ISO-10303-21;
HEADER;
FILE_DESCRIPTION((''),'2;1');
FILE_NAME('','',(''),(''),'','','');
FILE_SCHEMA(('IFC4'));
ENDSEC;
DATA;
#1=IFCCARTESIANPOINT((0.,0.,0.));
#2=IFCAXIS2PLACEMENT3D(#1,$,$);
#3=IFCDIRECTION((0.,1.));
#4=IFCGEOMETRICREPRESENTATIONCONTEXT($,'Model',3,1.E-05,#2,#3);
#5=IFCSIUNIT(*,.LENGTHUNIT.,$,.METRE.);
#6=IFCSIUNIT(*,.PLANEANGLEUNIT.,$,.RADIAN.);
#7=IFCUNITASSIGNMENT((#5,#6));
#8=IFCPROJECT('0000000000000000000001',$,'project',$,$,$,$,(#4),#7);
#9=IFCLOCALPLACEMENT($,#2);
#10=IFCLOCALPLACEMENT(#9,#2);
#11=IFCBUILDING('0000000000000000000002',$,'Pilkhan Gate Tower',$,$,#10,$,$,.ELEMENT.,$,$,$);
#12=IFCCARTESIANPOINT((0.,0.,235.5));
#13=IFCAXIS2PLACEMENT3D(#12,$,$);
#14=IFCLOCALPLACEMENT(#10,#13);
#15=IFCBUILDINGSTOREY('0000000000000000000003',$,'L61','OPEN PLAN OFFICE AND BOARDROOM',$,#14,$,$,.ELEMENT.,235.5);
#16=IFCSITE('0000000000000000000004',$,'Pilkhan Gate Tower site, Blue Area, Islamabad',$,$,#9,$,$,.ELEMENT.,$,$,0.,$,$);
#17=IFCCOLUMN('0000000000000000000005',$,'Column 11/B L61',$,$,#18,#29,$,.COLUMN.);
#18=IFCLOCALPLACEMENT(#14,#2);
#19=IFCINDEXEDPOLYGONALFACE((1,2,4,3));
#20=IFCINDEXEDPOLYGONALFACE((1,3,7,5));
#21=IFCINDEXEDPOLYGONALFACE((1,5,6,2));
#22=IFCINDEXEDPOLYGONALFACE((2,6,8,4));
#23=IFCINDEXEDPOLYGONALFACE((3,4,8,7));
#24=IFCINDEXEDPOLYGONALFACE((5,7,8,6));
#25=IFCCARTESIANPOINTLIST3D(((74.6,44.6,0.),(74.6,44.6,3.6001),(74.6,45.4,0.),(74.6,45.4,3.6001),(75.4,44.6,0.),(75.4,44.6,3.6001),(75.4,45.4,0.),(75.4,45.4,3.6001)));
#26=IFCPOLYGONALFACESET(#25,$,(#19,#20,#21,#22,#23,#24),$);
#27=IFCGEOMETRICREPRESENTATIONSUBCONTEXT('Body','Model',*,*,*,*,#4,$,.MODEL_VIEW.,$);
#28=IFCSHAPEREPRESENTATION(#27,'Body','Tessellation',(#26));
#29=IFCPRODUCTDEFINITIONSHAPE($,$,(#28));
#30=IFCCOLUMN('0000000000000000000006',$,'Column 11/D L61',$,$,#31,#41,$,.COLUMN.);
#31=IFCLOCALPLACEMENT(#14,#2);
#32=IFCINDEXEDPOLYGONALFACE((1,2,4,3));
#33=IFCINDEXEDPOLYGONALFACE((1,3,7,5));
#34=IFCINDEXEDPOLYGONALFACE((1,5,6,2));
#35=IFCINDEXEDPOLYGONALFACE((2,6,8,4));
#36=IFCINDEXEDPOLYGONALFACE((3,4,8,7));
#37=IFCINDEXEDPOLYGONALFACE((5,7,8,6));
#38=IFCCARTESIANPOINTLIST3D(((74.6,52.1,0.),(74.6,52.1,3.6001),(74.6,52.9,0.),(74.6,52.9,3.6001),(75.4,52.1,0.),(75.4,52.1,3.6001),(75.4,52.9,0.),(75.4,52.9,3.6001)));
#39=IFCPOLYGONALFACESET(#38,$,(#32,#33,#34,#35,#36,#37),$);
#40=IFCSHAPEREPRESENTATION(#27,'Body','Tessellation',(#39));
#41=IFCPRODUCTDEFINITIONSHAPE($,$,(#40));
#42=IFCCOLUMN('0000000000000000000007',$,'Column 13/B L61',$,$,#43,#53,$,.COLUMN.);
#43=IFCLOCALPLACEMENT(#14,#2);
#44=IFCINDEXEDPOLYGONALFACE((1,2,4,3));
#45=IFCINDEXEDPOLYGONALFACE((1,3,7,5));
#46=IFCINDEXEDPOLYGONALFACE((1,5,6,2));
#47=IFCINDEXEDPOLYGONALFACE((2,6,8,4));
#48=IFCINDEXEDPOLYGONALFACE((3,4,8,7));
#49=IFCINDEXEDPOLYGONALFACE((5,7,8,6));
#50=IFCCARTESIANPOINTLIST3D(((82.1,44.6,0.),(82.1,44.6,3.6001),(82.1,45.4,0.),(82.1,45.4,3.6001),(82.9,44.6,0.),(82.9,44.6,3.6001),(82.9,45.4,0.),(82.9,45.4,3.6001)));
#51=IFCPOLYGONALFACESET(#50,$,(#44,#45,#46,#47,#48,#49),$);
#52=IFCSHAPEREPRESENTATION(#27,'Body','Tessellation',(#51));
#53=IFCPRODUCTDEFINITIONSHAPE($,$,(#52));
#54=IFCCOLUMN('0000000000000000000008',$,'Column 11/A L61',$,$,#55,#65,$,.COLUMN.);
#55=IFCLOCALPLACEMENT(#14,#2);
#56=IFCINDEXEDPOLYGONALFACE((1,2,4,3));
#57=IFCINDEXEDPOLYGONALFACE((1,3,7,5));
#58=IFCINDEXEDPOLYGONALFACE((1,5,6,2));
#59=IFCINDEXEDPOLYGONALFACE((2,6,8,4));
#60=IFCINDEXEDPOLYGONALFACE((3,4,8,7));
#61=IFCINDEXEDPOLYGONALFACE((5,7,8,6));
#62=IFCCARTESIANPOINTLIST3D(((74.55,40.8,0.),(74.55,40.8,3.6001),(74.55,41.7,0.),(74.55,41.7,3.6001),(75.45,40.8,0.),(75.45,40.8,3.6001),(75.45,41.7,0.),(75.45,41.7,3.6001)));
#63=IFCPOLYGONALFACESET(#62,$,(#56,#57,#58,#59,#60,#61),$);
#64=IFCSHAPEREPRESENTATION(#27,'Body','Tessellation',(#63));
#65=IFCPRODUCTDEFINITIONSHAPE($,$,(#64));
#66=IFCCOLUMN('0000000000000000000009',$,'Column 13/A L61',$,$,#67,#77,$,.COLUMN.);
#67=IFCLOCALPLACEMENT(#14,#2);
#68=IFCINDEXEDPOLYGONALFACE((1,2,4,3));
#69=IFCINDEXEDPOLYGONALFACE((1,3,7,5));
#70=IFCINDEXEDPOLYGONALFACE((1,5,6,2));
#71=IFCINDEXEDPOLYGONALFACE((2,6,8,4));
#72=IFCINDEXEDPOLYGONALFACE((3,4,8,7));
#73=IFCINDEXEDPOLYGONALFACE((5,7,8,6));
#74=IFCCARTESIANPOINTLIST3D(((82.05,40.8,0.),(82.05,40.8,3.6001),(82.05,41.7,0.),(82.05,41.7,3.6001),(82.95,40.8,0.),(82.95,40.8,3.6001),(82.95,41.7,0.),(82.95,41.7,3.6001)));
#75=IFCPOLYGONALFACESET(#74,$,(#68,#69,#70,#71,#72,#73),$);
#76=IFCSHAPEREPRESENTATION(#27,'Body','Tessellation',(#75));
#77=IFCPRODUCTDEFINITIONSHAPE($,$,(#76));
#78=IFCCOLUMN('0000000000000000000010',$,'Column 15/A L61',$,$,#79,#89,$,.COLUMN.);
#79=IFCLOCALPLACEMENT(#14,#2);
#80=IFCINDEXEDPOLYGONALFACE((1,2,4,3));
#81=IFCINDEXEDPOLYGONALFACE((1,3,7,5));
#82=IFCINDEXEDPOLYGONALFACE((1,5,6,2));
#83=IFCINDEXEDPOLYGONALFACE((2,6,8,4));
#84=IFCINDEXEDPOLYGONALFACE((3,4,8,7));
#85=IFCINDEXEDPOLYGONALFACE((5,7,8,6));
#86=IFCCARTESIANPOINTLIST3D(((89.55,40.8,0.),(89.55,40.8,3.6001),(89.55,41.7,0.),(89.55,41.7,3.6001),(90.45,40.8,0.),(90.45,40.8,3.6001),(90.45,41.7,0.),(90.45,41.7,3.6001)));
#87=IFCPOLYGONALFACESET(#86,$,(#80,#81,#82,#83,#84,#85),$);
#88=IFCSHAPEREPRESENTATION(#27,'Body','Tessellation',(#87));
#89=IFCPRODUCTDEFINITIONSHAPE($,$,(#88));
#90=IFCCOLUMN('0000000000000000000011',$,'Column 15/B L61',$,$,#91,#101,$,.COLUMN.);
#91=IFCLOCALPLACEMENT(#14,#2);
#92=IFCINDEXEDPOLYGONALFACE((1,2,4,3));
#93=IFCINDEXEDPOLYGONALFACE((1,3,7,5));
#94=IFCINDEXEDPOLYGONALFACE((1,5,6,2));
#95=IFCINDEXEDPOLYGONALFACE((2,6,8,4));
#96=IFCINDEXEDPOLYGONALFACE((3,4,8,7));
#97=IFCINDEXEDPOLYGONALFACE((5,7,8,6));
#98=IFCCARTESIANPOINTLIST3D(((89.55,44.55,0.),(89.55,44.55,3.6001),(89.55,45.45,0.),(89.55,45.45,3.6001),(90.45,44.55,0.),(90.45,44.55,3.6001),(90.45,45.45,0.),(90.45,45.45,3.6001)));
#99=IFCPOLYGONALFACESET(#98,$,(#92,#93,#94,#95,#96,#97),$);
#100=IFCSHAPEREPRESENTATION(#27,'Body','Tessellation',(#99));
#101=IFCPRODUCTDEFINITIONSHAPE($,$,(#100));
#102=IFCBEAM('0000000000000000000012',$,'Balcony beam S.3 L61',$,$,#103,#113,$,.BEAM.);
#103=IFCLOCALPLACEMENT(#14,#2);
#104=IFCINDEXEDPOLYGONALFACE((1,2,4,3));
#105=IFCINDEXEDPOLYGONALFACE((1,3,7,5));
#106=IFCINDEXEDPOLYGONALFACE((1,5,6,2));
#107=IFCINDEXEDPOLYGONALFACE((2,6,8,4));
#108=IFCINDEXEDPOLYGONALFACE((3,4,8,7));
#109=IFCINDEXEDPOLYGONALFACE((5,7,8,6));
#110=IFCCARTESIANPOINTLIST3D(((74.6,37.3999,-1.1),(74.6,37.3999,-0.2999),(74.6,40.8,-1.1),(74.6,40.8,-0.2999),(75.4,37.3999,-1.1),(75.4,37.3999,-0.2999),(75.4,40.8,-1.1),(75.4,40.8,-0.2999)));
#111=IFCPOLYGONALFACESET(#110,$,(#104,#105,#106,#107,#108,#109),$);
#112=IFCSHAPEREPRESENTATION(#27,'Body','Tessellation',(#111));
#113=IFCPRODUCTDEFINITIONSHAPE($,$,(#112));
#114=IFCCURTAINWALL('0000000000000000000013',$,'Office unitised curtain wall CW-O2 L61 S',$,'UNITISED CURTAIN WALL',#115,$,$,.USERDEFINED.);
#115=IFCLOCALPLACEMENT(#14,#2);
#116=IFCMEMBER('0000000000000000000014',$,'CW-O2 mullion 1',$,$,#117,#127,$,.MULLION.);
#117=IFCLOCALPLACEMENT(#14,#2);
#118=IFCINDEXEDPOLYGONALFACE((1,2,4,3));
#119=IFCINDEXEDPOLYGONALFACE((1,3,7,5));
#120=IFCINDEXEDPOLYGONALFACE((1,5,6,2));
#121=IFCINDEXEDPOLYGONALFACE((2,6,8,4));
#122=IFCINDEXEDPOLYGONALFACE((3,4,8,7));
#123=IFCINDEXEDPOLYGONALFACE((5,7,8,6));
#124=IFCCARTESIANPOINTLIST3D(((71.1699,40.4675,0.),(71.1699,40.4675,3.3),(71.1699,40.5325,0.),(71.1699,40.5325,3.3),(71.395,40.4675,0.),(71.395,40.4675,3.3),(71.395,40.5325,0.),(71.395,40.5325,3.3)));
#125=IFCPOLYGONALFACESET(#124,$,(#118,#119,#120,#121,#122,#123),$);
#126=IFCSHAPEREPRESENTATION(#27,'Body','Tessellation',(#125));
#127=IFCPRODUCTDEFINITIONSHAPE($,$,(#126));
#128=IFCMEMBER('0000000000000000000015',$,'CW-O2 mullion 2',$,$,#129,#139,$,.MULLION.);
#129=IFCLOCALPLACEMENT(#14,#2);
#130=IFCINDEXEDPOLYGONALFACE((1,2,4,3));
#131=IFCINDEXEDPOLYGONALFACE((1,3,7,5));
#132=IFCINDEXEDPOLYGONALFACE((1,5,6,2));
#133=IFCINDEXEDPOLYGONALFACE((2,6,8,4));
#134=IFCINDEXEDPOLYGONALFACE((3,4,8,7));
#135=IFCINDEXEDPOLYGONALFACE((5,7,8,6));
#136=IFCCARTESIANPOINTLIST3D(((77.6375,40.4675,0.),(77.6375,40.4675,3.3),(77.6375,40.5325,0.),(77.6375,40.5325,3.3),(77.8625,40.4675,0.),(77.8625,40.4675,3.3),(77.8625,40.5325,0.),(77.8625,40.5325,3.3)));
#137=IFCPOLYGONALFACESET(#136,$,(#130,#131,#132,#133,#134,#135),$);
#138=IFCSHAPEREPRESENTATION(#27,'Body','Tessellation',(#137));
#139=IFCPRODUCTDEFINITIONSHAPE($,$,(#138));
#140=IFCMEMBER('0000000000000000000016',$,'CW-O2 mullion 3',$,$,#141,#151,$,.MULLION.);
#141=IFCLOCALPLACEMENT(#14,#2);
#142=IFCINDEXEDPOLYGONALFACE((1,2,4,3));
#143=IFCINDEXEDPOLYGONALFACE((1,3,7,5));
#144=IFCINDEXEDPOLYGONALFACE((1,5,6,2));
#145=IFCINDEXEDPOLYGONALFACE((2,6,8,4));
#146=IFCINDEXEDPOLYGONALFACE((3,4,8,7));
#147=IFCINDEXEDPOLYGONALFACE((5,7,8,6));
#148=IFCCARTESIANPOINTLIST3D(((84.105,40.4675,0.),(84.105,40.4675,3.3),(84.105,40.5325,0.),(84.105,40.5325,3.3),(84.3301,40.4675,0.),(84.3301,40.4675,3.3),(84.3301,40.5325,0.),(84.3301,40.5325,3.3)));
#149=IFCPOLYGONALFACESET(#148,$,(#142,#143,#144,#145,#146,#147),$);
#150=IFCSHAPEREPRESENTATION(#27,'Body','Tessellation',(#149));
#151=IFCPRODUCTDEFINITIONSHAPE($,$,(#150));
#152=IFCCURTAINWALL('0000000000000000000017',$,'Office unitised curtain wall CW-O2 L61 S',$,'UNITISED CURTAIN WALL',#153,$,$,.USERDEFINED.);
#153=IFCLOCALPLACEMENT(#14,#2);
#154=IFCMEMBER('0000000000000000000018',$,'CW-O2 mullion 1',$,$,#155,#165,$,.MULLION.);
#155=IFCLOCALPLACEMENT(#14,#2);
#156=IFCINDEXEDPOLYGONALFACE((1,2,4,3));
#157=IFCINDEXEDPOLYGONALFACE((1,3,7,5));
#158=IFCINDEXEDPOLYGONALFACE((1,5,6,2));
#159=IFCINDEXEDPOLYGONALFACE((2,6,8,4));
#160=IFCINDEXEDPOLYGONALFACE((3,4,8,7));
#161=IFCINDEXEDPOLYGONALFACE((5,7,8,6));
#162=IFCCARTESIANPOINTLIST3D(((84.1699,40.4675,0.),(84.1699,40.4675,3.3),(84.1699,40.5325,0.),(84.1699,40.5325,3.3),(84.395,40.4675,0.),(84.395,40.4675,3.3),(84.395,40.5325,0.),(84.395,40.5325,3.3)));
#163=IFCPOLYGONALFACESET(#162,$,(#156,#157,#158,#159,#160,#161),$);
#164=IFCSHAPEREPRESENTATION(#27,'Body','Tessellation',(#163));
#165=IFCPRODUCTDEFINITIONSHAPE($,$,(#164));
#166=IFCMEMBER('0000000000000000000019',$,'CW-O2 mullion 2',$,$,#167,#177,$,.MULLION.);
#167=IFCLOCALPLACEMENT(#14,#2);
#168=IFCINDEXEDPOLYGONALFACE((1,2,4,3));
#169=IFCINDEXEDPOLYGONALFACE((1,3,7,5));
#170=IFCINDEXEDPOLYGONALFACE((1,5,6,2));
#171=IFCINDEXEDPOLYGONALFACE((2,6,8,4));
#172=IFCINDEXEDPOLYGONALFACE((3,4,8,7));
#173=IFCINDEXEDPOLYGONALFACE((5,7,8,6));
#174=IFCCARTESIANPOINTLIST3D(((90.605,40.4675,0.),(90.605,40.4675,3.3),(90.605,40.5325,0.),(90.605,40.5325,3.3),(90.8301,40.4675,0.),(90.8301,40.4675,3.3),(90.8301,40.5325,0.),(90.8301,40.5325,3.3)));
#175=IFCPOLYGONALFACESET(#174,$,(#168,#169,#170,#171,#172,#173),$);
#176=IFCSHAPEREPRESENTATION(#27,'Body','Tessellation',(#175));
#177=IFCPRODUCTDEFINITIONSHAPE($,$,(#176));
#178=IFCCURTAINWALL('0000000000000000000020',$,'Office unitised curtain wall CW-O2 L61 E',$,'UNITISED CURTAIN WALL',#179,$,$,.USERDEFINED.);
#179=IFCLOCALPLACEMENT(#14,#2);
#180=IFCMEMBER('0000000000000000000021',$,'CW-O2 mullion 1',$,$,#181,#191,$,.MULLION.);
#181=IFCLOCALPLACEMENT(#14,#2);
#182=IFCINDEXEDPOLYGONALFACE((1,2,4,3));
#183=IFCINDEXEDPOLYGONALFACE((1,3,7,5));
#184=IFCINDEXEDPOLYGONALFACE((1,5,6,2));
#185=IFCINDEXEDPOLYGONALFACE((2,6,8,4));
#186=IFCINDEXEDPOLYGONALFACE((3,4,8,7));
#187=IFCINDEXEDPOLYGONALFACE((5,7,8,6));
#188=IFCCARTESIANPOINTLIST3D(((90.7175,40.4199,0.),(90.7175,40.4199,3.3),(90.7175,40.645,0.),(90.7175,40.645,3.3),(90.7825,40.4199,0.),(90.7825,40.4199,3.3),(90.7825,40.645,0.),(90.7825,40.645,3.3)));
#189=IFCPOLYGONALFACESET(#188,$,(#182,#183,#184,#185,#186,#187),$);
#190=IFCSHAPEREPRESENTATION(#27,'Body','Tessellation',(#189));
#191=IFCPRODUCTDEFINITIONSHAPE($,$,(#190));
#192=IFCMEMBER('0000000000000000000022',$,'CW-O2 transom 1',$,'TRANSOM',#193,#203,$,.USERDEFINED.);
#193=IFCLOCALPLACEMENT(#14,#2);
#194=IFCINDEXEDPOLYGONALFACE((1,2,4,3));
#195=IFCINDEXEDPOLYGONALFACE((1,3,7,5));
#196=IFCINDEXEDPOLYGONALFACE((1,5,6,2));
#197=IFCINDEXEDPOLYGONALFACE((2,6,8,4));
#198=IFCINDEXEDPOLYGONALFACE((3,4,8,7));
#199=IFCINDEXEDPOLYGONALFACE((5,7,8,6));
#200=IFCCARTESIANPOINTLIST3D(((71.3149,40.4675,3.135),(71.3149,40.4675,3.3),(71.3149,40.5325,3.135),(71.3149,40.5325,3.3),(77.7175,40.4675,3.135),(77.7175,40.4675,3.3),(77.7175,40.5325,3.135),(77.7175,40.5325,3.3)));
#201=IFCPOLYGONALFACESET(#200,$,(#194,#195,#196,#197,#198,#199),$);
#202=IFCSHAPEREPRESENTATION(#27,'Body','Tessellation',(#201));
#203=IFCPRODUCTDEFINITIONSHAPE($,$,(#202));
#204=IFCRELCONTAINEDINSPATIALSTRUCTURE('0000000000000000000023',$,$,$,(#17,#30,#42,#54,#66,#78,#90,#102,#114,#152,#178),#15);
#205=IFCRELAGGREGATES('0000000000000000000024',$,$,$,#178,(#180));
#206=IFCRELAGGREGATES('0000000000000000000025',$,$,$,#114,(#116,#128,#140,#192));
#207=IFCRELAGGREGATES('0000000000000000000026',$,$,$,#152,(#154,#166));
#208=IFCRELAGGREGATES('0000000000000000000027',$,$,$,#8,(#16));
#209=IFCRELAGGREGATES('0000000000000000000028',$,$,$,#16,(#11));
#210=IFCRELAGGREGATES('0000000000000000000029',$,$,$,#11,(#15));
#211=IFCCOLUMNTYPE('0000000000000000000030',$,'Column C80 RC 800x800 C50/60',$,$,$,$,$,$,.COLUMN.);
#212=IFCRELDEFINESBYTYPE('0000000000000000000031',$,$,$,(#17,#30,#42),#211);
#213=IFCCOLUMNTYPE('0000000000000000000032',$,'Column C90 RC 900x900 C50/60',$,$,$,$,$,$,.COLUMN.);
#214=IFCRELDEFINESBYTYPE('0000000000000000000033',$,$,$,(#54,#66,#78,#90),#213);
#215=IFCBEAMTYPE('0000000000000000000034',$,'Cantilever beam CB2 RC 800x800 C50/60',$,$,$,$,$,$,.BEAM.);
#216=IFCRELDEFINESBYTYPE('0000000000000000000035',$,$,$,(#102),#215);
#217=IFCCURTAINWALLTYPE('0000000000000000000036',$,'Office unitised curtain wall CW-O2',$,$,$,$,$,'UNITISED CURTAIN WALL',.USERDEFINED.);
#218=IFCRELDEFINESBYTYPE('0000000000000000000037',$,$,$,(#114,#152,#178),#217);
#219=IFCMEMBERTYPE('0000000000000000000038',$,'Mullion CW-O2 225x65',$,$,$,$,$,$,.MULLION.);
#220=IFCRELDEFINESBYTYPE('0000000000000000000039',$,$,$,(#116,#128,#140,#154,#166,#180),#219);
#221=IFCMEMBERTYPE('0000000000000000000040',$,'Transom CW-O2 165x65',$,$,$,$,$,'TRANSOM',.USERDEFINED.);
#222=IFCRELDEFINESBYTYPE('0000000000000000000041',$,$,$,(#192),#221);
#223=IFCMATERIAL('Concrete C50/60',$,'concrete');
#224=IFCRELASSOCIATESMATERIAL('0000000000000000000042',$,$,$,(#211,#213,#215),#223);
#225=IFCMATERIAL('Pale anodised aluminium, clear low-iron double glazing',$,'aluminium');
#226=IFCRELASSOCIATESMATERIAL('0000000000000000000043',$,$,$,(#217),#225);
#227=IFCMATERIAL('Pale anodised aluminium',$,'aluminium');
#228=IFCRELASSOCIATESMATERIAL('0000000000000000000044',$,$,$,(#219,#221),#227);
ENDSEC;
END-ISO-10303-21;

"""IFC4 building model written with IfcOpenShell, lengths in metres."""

from ifc_helpers import new_model, si_unit, direction, frame, origin, origin_2d, place, context, subcontext, project, spatial, rectangle, extrude, material, material_profile, profile_set, type_object, element, aggregate, save


model = new_model("IFC4")

# Units and contexts
model_context = context("Model", 3, precision=1e-05, world=origin(), true_north=direction((0.0, 1.0)))
body_context = subcontext(model_context, "Body", "Model", "MODEL_VIEW")
ifc_project = project(units=[si_unit("LENGTHUNIT", "METRE"), si_unit("PLANEANGLEUNIT", "RADIAN")], contexts=[model_context])

# Site, building, storey
site_placement = place(None, origin())
site = spatial("IfcSite", under=ifc_project, at=site_placement, Name="Pilkhan Gate Tower site, Blue Area, Islamabad", CompositionType="ELEMENT", RefElevation=0.0)
building_placement = place(site_placement, origin())
building = spatial("IfcBuilding", under=site, at=building_placement, Name="Pilkhan Gate Tower", CompositionType="ELEMENT")
storey_placement = place(building_placement, frame((0.0, 0.0, 235.5)))
storey = spatial("IfcBuildingStorey", under=building, at=storey_placement, Name="L61", Description="OPEN PLAN OFFICE AND BOARDROOM", CompositionType="ELEMENT", Elevation=235.5)

# Columns
ifc_material_1 = material(Name="Concrete C50/60", Category="concrete")
ifc_material_profile_1 = material_profile(ifc_material_1, rectangle(XDim=0.8, YDim=0.8, at=origin_2d()), Name="RC 800x800")
ifc_profile_set_1 = profile_set([ifc_material_profile_1], Name="Concrete C50/60")
column_type_1 = type_object("IfcColumnType", Name="Column C80 RC 800x800 C50/60", PredefinedType="COLUMN", material=ifc_profile_set_1)
for number, where, z_axis, x_axis, name in (
    (1, (75.0, 45.0, 0.0), (0.0, 0.0, 1.0), (1.0, 0.0, 0.0), "Column 11/B L61"),
    (2, (75.0, 52.5, 0.0), (0.0, 0.0, 1.0), (1.0, 0.0, 0.0), "Column 11/D L61"),
    (3, (82.5, 45.0, 0.0), (0.0, 0.0, 1.0), (1.0, 0.0, 0.0), "Column 13/B L61"),
):
    element("IfcColumn", number, at=place(storey_placement, frame(where, z_axis=z_axis, x_axis=x_axis)), inside=storey, type_object=column_type_1, Name=name, PredefinedType="COLUMN", context=body_context, shape_type="SweptSolid", body=[
        extrude(rectangle(XDim=0.8, YDim=0.8, at=origin_2d()), origin(), (0.0, 0.0, 1.0), 3.6001),
    ])
ifc_material_profile_2 = material_profile(ifc_material_1, rectangle(XDim=0.8999, YDim=0.8999, at=origin_2d()), Name="RC 900x900")
ifc_profile_set_2 = profile_set([ifc_material_profile_2], Name="Concrete C50/60")
column_type_2 = type_object("IfcColumnType", Name="Column C90 RC 900x900 C50/60", PredefinedType="COLUMN", material=ifc_profile_set_2)
for number, where, z_axis, x_axis, name in (
    (4, (75.0, 41.25, 0.0), (0.0, 0.0, 1.0), (1.0, 0.0, 0.0), "Column 11/A L61"),
    (5, (82.5, 41.25, 0.0), (0.0, 0.0, 1.0), (1.0, 0.0, 0.0), "Column 13/A L61"),
    (6, (90.0, 41.25, 0.0), (0.0, 0.0, 1.0), (1.0, 0.0, 0.0), "Column 15/A L61"),
    (7, (90.0, 45.0, 0.0), (0.0, 0.0, 1.0), (1.0, 0.0, 0.0), "Column 15/B L61"),
):
    element("IfcColumn", number, at=place(storey_placement, frame(where, z_axis=z_axis, x_axis=x_axis)), inside=storey, type_object=column_type_2, Name=name, PredefinedType="COLUMN", context=body_context, shape_type="SweptSolid", body=[
        extrude(rectangle(XDim=0.8999, YDim=0.8999, at=origin_2d()), origin(), (0.0, 0.0, 1.0), 3.6001),
    ])

# Beam
ifc_material_profile_3 = material_profile(ifc_material_1, rectangle(XDim=0.8, YDim=0.8, at=origin_2d()), Name="RC 800x800")
ifc_profile_set_3 = profile_set([ifc_material_profile_3], Name="Concrete C50/60")
beam_type = type_object("IfcBeamType", Name="Cantilever beam CB2 RC 800x800 C50/60", PredefinedType="BEAM", material=ifc_profile_set_3)
beam_placement = place(storey_placement, frame((75.0, 40.8, -0.7), z_axis=(0.0, -1.0, 0.0), x_axis=(1.0, 0.0, 0.0)))
element("IfcBeam", 8, at=beam_placement, inside=storey, type_object=beam_type, Name="Balcony beam S.3 L61", PredefinedType="BEAM", context=body_context, shape_type="SweptSolid", body=[
    extrude(rectangle(XDim=0.8, YDim=0.8, at=origin_2d()), origin(), (0.0, 0.0, 1.0), 3.4001),
])

# Curtain walls, members
ifc_material_2 = material(Name="Pale anodised aluminium, clear low-iron double glazing", Category="aluminium")
curtain_wall_type = type_object("IfcCurtainWallType", Name="Office unitised curtain wall CW-O2", ElementType="UNITISED CURTAIN WALL", PredefinedType="USERDEFINED", material=ifc_material_2)
curtain_wall_1_placement = place(storey_placement, origin())
curtain_wall_1 = element("IfcCurtainWall", 9, at=curtain_wall_1_placement, inside=storey, type_object=curtain_wall_type, Name="Office unitised curtain wall CW-O2 L61 S", ObjectType="UNITISED CURTAIN WALL", PredefinedType="USERDEFINED")
ifc_material_3 = material(Name="Pale anodised aluminium", Category="aluminium")
ifc_material_profile_4 = material_profile(ifc_material_3, rectangle(XDim=0.0649, YDim=0.2251, at=origin_2d()), Name="Mullion 225x65")
ifc_profile_set_4 = profile_set([ifc_material_profile_4], Name="Pale anodised aluminium")
member_type_1 = type_object("IfcMemberType", Name="Mullion CW-O2 225x65", PredefinedType="MULLION", material=ifc_profile_set_4)
member_1_placement = place(storey_placement, frame((71.2825, 40.5, 0.0), z_axis=(0.0, 0.0, 1.0), x_axis=(0.0, 1.0, 0.0)))
member_1 = element("IfcMember", 10, at=member_1_placement, type_object=member_type_1, Name="CW-O2 mullion 1", PredefinedType="MULLION", context=body_context, shape_type="SweptSolid", body=[
    extrude(rectangle(XDim=0.0649, YDim=0.2251, at=origin_2d()), origin(), (0.0, 0.0, 1.0), 3.3),
])
member_2_placement = place(storey_placement, frame((77.75, 40.5, 0.0), z_axis=(0.0, 0.0, 1.0), x_axis=(0.0, 1.0, 0.0)))
member_2 = element("IfcMember", 11, at=member_2_placement, type_object=member_type_1, Name="CW-O2 mullion 2", PredefinedType="MULLION", context=body_context, shape_type="SweptSolid", body=[
    extrude(rectangle(XDim=0.0649, YDim=0.2251, at=origin_2d()), origin(), (0.0, 0.0, 1.0), 3.3),
])
member_3_placement = place(storey_placement, frame((84.2175, 40.5, 0.0), z_axis=(0.0, 0.0, 1.0), x_axis=(0.0, 1.0, 0.0)))
member_3 = element("IfcMember", 12, at=member_3_placement, type_object=member_type_1, Name="CW-O2 mullion 3", PredefinedType="MULLION", context=body_context, shape_type="SweptSolid", body=[
    extrude(rectangle(XDim=0.0649, YDim=0.2251, at=origin_2d()), origin(), (0.0, 0.0, 1.0), 3.3),
])
curtain_wall_2_placement = place(storey_placement, origin())
curtain_wall_2 = element("IfcCurtainWall", 13, at=curtain_wall_2_placement, inside=storey, type_object=curtain_wall_type, Name="Office unitised curtain wall CW-O2 L61 S", ObjectType="UNITISED CURTAIN WALL", PredefinedType="USERDEFINED")
member_4_placement = place(storey_placement, frame((84.2825, 40.5, 0.0), z_axis=(0.0, 0.0, 1.0), x_axis=(0.0, 1.0, 0.0)))
member_4 = element("IfcMember", 14, at=member_4_placement, type_object=member_type_1, Name="CW-O2 mullion 1", PredefinedType="MULLION", context=body_context, shape_type="SweptSolid", body=[
    extrude(rectangle(XDim=0.0649, YDim=0.2251, at=origin_2d()), origin(), (0.0, 0.0, 1.0), 3.3),
])
member_5_placement = place(storey_placement, frame((90.7175, 40.5, 0.0), z_axis=(0.0, 0.0, 1.0), x_axis=(0.0, 1.0, 0.0)))
member_5 = element("IfcMember", 15, at=member_5_placement, type_object=member_type_1, Name="CW-O2 mullion 2", PredefinedType="MULLION", context=body_context, shape_type="SweptSolid", body=[
    extrude(rectangle(XDim=0.0649, YDim=0.2251, at=origin_2d()), origin(), (0.0, 0.0, 1.0), 3.3),
])

# Curtain wall, member
curtain_wall_3_placement = place(storey_placement, origin())
curtain_wall_3 = element("IfcCurtainWall", 16, at=curtain_wall_3_placement, inside=storey, type_object=curtain_wall_type, Name="Office unitised curtain wall CW-O2 L61 E", ObjectType="UNITISED CURTAIN WALL", PredefinedType="USERDEFINED")
member_6_placement = place(storey_placement, frame((90.75, 40.5325, 0.0), z_axis=(0.0, 0.0, 1.0), x_axis=(-1.0, 0.0, 0.0)))
member_6 = element("IfcMember", 17, at=member_6_placement, type_object=member_type_1, Name="CW-O2 mullion 1", PredefinedType="MULLION", context=body_context, shape_type="SweptSolid", body=[
    extrude(rectangle(XDim=0.0649, YDim=0.2251, at=origin_2d()), origin(), (0.0, 0.0, 1.0), 3.3),
])
aggregate(curtain_wall_3, [member_6])

# Member
ifc_material_profile_5 = material_profile(ifc_material_3, rectangle(XDim=0.0649, YDim=0.165, at=origin_2d()), Name="Transom 165x65")
ifc_profile_set_5 = profile_set([ifc_material_profile_5], Name="Pale anodised aluminium")
member_type_2 = type_object("IfcMemberType", Name="Transom CW-O2 165x65", ElementType="TRANSOM", PredefinedType="USERDEFINED", material=ifc_profile_set_5)
member_7_placement = place(storey_placement, frame((71.3149, 40.5, 3.2175), z_axis=(1.0, 0.0, 0.0), x_axis=(0.0, 1.0, 0.0)))
member_7 = element("IfcMember", 18, at=member_7_placement, type_object=member_type_2, Name="CW-O2 transom 1", ObjectType="TRANSOM", PredefinedType="USERDEFINED", context=body_context, shape_type="SweptSolid", body=[
    extrude(rectangle(XDim=0.0649, YDim=0.165, at=origin_2d()), origin(), (0.0, 0.0, 1.0), 6.4026),
])

aggregate(curtain_wall_1, [member_1, member_2, member_3, member_7])
aggregate(curtain_wall_2, [member_4, member_5])

save(model, "model.ifc")
